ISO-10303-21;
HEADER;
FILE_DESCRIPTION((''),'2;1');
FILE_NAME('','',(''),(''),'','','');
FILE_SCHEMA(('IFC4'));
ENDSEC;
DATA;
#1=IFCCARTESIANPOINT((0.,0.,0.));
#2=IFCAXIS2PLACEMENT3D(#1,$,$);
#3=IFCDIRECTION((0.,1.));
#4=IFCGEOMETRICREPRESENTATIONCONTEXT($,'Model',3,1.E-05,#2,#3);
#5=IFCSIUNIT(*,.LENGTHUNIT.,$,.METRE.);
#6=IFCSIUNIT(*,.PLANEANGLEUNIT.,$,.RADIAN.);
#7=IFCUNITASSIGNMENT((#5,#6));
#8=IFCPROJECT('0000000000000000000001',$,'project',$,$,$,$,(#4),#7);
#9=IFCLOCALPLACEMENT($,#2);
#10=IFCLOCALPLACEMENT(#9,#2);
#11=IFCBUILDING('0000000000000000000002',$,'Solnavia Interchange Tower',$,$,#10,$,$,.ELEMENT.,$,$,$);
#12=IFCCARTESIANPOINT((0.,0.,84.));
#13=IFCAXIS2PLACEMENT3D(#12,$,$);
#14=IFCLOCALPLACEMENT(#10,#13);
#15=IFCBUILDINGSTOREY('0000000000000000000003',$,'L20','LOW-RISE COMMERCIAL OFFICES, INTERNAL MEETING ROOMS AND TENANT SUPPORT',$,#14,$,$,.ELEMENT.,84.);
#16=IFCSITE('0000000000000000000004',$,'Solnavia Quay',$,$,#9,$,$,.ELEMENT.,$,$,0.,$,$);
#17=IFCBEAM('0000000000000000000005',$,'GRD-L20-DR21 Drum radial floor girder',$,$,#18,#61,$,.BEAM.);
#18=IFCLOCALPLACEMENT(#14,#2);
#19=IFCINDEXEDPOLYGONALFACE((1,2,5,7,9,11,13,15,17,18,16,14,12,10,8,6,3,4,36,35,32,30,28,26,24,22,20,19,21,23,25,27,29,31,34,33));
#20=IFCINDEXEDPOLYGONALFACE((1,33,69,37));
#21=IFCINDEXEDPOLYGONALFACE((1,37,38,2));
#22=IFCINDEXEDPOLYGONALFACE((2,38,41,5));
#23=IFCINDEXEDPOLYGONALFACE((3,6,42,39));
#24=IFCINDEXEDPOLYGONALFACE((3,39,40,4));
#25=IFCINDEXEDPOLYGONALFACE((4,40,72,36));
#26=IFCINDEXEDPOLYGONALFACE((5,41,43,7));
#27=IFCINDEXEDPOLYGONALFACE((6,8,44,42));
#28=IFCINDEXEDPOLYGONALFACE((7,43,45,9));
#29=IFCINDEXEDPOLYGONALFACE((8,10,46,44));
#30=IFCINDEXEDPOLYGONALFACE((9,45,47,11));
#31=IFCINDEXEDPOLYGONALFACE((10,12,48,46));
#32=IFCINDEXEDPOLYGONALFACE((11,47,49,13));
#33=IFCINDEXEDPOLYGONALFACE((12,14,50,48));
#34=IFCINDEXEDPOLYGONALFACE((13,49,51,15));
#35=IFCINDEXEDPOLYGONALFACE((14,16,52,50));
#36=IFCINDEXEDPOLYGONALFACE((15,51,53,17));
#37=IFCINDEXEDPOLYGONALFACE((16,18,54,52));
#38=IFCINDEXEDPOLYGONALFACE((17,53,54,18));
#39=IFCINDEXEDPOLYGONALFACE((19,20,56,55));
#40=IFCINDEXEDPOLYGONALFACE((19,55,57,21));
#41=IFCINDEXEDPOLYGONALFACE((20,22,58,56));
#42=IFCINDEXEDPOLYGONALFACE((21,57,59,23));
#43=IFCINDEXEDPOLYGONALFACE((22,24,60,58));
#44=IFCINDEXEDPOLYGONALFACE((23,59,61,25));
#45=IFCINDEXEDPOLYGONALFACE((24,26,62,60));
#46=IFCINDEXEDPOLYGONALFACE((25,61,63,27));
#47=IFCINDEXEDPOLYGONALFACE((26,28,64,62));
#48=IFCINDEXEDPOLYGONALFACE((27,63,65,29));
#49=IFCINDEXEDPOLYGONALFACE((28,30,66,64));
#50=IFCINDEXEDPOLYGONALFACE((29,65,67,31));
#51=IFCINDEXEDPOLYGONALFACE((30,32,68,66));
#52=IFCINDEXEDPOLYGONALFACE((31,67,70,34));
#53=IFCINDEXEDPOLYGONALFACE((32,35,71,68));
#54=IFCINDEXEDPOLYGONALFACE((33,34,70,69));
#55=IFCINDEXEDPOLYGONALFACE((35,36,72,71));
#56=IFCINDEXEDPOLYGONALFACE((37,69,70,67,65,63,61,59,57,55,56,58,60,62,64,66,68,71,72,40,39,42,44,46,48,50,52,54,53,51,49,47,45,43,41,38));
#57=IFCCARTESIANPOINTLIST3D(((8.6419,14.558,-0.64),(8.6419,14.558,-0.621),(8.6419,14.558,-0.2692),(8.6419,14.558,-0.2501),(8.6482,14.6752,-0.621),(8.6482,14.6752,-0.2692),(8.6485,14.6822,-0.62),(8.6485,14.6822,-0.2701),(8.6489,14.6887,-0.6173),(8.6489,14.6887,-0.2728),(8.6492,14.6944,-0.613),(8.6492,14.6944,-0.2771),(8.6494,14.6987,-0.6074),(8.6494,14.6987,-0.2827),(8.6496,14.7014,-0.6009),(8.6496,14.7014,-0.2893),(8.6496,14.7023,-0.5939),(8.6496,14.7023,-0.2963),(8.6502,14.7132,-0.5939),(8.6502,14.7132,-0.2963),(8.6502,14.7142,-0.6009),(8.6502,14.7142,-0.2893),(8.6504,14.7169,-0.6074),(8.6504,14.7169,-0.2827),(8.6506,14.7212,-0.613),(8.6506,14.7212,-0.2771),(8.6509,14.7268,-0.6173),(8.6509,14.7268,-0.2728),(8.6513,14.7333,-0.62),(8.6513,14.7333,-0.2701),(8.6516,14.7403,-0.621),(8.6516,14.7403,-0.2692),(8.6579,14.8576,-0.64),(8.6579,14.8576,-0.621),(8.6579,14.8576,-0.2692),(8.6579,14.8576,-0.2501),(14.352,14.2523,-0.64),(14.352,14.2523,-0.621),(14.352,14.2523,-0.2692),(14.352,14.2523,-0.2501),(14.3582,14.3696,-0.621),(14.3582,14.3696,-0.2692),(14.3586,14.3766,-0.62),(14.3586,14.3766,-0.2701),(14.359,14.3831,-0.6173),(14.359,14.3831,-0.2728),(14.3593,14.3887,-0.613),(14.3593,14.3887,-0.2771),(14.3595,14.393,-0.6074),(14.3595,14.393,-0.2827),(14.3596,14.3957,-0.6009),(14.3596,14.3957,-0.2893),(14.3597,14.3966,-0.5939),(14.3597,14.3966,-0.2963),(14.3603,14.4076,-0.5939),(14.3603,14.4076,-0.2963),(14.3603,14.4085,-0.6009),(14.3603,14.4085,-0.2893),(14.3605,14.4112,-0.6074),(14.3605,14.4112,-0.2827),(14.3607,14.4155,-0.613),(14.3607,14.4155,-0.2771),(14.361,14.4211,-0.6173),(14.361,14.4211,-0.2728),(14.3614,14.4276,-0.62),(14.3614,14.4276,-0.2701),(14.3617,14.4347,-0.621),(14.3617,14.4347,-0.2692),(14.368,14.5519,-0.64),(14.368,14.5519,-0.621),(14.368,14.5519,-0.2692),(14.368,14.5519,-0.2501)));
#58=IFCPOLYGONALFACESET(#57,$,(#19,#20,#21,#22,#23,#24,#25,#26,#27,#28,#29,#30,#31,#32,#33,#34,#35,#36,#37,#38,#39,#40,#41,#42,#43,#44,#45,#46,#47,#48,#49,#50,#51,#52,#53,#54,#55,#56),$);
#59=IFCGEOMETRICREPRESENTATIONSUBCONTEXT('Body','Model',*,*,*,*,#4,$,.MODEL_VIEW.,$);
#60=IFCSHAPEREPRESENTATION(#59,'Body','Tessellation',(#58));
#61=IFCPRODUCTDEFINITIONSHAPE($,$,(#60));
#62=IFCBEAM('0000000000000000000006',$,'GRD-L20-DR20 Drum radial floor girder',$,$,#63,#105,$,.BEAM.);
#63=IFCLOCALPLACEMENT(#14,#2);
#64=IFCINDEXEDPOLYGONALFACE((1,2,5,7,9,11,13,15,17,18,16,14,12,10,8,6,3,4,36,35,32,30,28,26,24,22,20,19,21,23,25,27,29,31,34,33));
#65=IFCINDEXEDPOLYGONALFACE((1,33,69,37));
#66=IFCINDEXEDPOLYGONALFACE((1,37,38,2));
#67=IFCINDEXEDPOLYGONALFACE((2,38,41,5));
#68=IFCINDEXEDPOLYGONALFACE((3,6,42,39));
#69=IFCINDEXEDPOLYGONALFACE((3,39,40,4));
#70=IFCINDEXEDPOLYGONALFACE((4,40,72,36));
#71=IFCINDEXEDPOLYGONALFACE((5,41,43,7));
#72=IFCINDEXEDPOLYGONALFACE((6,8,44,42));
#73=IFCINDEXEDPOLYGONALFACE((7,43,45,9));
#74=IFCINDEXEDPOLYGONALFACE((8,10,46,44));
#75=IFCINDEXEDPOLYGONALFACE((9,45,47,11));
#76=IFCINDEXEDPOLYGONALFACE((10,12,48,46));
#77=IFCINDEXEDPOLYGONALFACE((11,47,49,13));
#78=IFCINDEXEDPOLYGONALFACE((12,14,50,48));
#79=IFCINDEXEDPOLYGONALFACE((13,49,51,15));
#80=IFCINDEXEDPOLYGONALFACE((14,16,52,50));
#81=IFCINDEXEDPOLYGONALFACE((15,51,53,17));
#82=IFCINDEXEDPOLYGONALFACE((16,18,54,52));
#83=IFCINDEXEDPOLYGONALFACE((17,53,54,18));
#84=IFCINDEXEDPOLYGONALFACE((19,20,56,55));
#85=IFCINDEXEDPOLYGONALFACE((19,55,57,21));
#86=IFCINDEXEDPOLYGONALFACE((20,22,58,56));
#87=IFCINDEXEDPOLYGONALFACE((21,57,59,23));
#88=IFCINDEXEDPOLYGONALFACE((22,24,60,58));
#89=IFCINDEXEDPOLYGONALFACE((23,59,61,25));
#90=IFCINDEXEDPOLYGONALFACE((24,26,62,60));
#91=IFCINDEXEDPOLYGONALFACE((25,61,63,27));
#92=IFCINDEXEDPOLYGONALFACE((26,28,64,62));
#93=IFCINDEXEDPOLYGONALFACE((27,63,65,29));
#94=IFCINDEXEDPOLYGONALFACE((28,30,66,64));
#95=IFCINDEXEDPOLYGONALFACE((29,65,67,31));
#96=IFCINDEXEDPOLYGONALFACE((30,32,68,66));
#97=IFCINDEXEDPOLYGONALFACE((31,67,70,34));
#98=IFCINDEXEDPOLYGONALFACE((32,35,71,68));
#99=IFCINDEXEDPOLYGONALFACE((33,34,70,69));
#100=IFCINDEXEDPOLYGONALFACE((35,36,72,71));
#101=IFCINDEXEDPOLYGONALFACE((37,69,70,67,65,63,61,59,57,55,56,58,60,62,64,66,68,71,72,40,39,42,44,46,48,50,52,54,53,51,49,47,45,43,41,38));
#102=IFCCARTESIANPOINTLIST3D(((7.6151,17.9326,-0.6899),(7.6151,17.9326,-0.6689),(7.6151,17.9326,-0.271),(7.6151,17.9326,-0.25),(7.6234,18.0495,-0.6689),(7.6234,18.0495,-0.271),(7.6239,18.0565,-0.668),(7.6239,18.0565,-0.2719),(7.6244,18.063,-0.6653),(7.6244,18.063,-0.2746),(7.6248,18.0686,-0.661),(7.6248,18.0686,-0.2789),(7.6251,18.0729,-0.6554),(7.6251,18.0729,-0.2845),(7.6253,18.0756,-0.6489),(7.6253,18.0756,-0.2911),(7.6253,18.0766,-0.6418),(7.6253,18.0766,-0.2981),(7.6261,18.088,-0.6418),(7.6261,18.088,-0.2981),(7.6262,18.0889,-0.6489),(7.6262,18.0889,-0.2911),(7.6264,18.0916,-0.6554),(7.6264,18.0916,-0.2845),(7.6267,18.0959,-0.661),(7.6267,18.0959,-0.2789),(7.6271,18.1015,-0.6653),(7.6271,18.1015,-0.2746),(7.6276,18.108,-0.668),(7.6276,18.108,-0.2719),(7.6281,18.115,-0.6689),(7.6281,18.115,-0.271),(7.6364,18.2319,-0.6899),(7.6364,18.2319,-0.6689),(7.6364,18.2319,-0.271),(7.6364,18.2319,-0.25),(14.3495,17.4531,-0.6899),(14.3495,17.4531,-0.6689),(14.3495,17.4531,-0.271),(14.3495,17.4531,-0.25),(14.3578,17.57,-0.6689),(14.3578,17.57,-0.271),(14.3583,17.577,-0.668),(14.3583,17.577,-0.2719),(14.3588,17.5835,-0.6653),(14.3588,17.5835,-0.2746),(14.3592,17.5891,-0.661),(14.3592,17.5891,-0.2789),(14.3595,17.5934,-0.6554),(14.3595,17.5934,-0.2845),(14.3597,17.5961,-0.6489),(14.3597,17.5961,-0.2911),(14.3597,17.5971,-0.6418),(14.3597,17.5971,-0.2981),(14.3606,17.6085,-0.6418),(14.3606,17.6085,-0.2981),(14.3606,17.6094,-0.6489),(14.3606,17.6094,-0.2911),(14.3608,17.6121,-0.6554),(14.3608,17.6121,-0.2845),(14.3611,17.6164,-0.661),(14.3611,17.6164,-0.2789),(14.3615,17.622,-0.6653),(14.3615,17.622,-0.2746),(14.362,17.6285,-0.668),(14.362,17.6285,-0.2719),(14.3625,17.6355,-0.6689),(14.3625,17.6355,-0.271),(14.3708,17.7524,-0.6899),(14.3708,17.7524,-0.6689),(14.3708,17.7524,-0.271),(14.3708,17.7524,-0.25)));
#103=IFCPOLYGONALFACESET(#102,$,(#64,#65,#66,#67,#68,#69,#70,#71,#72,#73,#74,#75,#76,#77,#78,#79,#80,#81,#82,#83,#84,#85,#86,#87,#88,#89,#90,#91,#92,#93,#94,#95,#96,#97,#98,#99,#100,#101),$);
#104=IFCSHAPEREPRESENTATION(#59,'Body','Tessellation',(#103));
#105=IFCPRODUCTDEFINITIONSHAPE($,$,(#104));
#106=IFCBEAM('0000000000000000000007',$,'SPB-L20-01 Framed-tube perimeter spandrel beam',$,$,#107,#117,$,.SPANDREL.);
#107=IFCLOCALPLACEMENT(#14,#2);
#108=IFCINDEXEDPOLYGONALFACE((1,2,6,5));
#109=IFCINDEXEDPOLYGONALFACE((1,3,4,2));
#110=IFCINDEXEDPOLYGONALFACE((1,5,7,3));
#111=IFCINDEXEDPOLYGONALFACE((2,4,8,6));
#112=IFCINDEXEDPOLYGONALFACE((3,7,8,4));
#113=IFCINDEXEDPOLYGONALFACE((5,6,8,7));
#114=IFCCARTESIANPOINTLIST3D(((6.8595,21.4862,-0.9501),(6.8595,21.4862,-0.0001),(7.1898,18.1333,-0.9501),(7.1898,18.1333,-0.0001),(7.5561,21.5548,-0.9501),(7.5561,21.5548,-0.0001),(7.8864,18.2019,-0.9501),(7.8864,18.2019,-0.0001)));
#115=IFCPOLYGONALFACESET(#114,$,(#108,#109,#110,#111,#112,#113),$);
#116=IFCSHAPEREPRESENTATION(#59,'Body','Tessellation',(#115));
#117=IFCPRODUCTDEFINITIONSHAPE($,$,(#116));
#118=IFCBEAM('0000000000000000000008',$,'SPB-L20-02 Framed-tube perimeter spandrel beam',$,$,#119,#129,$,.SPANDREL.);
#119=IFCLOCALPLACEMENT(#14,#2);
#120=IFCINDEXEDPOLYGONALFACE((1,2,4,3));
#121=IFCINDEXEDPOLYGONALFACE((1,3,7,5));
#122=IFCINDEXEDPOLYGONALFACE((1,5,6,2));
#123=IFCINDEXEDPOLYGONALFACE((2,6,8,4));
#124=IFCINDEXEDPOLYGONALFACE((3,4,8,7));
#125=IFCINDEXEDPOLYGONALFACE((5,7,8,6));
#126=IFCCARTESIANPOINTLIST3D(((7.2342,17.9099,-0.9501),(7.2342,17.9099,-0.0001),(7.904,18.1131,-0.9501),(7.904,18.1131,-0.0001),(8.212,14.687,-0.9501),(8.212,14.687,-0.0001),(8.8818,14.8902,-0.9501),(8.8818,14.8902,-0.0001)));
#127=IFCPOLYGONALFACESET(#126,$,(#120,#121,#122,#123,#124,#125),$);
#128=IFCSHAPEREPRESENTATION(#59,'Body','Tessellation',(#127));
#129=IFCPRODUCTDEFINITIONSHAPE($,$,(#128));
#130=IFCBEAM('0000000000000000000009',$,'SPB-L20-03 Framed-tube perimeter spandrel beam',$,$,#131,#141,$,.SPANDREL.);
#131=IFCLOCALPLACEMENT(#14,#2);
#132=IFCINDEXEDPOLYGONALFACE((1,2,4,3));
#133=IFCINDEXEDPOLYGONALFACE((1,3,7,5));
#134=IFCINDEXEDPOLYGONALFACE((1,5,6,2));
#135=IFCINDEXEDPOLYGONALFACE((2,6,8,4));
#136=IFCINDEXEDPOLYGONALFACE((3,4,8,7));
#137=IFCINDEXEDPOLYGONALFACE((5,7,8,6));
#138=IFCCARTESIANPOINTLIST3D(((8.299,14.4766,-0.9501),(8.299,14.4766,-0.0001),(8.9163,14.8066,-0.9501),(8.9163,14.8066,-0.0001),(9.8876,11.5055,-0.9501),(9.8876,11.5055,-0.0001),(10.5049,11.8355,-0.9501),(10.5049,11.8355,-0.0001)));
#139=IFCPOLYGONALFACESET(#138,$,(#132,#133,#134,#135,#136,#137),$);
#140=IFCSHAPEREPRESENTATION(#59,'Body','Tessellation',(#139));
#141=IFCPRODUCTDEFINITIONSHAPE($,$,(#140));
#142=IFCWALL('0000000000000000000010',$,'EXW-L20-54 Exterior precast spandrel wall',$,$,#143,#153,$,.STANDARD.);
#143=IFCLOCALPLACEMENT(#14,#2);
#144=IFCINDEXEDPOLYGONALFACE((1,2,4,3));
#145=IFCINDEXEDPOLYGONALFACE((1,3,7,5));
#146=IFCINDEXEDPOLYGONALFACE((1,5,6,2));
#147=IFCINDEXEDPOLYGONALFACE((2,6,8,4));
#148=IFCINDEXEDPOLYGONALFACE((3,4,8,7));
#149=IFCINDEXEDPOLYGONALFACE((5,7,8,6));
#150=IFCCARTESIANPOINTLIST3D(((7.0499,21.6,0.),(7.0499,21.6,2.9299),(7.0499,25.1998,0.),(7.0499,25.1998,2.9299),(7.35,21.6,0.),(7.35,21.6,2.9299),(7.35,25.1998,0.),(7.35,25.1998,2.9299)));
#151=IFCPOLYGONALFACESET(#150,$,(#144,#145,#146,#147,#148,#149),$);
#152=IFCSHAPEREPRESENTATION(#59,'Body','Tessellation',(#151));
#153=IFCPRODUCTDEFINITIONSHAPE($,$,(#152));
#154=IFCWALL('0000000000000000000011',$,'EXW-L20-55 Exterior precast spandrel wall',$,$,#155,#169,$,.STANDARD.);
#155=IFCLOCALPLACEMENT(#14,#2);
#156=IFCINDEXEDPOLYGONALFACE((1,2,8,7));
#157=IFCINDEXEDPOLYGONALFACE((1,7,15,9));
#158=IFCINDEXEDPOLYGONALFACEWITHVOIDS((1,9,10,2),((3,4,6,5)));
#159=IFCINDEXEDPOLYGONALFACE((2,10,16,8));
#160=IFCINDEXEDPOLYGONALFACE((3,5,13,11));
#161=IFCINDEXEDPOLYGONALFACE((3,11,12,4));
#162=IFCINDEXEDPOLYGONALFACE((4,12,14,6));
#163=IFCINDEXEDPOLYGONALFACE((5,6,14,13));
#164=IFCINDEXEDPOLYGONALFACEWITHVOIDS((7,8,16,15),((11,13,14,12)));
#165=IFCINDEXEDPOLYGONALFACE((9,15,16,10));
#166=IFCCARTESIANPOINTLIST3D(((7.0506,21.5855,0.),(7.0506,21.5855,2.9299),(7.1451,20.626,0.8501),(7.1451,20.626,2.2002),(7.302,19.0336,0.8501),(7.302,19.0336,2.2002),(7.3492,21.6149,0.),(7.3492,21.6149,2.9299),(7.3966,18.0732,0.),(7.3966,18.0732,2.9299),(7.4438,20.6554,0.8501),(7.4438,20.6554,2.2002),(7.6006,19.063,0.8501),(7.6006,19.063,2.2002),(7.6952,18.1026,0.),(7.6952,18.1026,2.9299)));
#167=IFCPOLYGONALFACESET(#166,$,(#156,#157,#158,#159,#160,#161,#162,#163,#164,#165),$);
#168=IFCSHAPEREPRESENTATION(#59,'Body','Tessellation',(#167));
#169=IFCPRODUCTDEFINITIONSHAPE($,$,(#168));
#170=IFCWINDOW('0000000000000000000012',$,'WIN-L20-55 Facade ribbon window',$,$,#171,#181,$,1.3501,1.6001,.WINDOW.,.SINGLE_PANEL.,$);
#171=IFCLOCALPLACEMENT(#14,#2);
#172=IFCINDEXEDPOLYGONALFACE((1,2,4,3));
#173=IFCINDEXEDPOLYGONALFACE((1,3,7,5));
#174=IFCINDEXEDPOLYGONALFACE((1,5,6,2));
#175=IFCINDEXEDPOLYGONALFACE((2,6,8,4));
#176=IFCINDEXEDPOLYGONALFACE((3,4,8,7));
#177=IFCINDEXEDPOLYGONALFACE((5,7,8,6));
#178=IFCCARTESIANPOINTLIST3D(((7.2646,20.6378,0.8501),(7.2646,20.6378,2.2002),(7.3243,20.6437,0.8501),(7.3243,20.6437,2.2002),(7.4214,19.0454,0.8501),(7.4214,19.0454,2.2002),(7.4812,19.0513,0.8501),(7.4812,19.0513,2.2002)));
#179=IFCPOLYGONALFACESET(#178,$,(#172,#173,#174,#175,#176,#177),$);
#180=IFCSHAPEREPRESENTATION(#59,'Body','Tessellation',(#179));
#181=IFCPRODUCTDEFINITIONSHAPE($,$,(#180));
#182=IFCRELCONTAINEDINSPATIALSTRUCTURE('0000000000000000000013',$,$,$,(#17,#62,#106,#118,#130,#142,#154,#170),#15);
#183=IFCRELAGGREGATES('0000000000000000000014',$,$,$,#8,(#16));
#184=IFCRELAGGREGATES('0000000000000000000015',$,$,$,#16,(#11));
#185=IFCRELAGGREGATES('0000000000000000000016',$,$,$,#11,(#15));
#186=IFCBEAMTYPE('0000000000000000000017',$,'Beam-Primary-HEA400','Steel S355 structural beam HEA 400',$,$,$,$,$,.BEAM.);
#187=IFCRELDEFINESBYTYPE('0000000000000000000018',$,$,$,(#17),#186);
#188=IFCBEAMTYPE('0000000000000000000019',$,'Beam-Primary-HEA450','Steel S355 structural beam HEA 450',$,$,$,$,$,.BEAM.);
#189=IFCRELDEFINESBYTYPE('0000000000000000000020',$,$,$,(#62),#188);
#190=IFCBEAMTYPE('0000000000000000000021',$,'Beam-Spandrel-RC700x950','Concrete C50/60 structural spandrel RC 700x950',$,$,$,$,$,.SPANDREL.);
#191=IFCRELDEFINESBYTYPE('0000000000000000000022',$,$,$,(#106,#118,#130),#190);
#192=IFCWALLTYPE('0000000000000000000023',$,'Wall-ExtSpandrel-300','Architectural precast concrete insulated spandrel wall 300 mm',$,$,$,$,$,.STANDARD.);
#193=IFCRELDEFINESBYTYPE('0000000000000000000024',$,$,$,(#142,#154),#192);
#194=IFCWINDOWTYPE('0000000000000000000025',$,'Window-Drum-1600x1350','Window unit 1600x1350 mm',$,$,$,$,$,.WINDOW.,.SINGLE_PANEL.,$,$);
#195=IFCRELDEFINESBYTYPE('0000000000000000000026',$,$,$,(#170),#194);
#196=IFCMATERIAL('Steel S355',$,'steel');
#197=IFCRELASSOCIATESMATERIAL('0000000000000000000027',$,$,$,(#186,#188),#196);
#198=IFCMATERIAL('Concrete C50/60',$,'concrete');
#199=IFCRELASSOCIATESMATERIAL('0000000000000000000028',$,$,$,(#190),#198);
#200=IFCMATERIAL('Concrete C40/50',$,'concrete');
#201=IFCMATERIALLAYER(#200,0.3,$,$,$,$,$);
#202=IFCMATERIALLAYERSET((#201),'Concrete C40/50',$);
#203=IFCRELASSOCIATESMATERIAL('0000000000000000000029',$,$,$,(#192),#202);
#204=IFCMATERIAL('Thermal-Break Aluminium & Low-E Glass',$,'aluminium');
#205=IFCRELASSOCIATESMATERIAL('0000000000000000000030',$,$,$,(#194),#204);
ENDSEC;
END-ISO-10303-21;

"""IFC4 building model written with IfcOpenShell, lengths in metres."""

from ifc_helpers import new_model, si_unit, direction, frame, frame_2d, origin, origin_2d, place, context, subcontext, project, spatial, rectangle, i_section, extrude, material, layer, layer_set, material_profile, profile_set, type_object, element, fill, save


model = new_model("IFC4")

# Units and contexts
model_context = context("Model", 3, precision=1e-05, world=origin(), true_north=direction((0.0, 1.0)))
body_context = subcontext(model_context, "Body", "Model", "MODEL_VIEW")
ifc_project = project(units=[si_unit("LENGTHUNIT", "METRE"), si_unit("PLANEANGLEUNIT", "RADIAN")], contexts=[model_context])

# Site, building, storey
site_placement = place(None, origin())
site = spatial("IfcSite", under=ifc_project, at=site_placement, Name="Solnavia Quay", CompositionType="ELEMENT", RefElevation=0.0)
building_placement = place(site_placement, origin())
building = spatial("IfcBuilding", under=site, at=building_placement, Name="Solnavia Interchange Tower", CompositionType="ELEMENT")
storey_placement = place(building_placement, frame((0.0, 0.0, 84.0)))
storey = spatial("IfcBuildingStorey", under=building, at=storey_placement, Name="L20", Description="LOW-RISE COMMERCIAL OFFICES, INTERNAL MEETING ROOMS AND TENANT SUPPORT", CompositionType="ELEMENT", Elevation=84.0)

# Beams
ifc_material_1 = material(Name="Concrete C50/60", Category="concrete")
ifc_material_2 = material(Name="Steel S355", Category="steel")
ifc_material_profile_1 = material_profile(ifc_material_2, i_section(OverallWidth=0.3, OverallDepth=0.3899, WebThickness=0.011, FlangeThickness=0.019, FilletRadius=0.0271, at=origin_2d()), Name="HEA 400")
ifc_profile_set_1 = profile_set([ifc_material_profile_1], Name="Steel S355")
beam_type_1 = type_object("IfcBeamType", Name="Beam-Primary-HEA400", Description="Steel S355 structural beam HEA 400", PredefinedType="BEAM", material=ifc_profile_set_1)
beam_1_placement = place(storey_placement, frame((8.6499, 14.7078, -0.4451), z_axis=(0.99857, -0.053453, 0.0), x_axis=(0.053453, 0.99857, 0.0)))
element("IfcBeam", 1, at=beam_1_placement, inside=storey, type_object=beam_type_1, Name="GRD-L20-DR21 Drum radial floor girder", PredefinedType="BEAM", context=body_context, shape_type="SweptSolid", body=[
    extrude(i_section(OverallWidth=0.3, OverallDepth=0.3899, WebThickness=0.011, FlangeThickness=0.019, FilletRadius=0.0271, at=origin_2d()), origin(), (0.0, 0.0, 1.0), 5.7183),
])
ifc_material_profile_2 = material_profile(ifc_material_2, i_section(OverallWidth=0.3, OverallDepth=0.4399, WebThickness=0.0115, FlangeThickness=0.021, FilletRadius=0.0271, at=origin_2d()), Name="HEA 450")
ifc_profile_set_2 = profile_set([ifc_material_profile_2], Name="Steel S355")
beam_type_2 = type_object("IfcBeamType", Name="Beam-Primary-HEA450", Description="Steel S355 structural beam HEA 450", PredefinedType="BEAM", material=ifc_profile_set_2)
beam_2_placement = place(storey_placement, frame((7.6257, 18.0823, -0.47), z_axis=(0.997475, -0.071021, 0.0), x_axis=(0.071021, 0.997475, 0.0)))
element("IfcBeam", 2, at=beam_2_placement, inside=storey, type_object=beam_type_2, Name="GRD-L20-DR20 Drum radial floor girder", PredefinedType="BEAM", context=body_context, shape_type="SweptSolid", body=[
    extrude(i_section(OverallWidth=0.3, OverallDepth=0.4399, WebThickness=0.0115, FlangeThickness=0.021, FilletRadius=0.0271, at=origin_2d()), origin(), (0.0, 0.0, 1.0), 6.7515),
])
ifc_material_profile_3 = material_profile(ifc_material_1, rectangle(XDim=0.7, YDim=0.95, at=origin_2d()), Name="RC 700x950")
ifc_profile_set_3 = profile_set([ifc_material_profile_3], Name="Concrete C50/60")
beam_type_3 = type_object("IfcBeamType", Name="Beam-Spandrel-RC700x950", Description="Concrete C50/60 structural spandrel RC 700x950", PredefinedType="SPANDREL", material=ifc_profile_set_3)
beam_3_placement = place(storey_placement, frame((7.2078, 21.5205, -0.4751), z_axis=(0.09804, -0.995182, 0.0), x_axis=(0.995182, 0.09804, 0.0)))
element("IfcBeam", 3, at=beam_3_placement, inside=storey, type_object=beam_type_3, Name="SPB-L20-01 Framed-tube perimeter spandrel beam", PredefinedType="SPANDREL", context=body_context, shape_type="SweptSolid", body=[
    extrude(rectangle(XDim=0.7, YDim=0.95, at=origin_2d()), origin(), (0.0, 0.0, 1.0), 3.3691),
])
beam_4_placement = place(storey_placement, frame((7.5691, 18.0115, -0.4751), z_axis=(0.290319, -0.95693, 0.0), x_axis=(0.95693, 0.290319, 0.0)))
element("IfcBeam", 4, at=beam_4_placement, inside=storey, type_object=beam_type_3, Name="SPB-L20-02 Framed-tube perimeter spandrel beam", PredefinedType="SPANDREL", context=body_context, shape_type="SweptSolid", body=[
    extrude(rectangle(XDim=0.7, YDim=0.95, at=origin_2d()), origin(), (0.0, 0.0, 1.0), 3.3679),
])
beam_5_placement = place(storey_placement, frame((8.6077, 14.6416, -0.4751), z_axis=(0.471509, -0.881861, 0.0), x_axis=(0.881861, 0.471509, 0.0)))
element("IfcBeam", 5, at=beam_5_placement, inside=storey, type_object=beam_type_3, Name="SPB-L20-03 Framed-tube perimeter spandrel beam", PredefinedType="SPANDREL", context=body_context, shape_type="SweptSolid", body=[
    extrude(rectangle(XDim=0.7, YDim=0.95, at=origin_2d()), origin(), (0.0, 0.0, 1.0), 3.3691),
])

# Wall
ifc_material_3 = material(Name="Concrete C40/50", Category="concrete")
ifc_layer_1 = layer(ifc_material_3, 0.3)
ifc_layer_set_1 = layer_set([ifc_layer_1], Name="Concrete C40/50")
wall_type_1 = type_object("IfcWallType", Name="Wall-ExtSpandrel-300", Description="Architectural precast concrete insulated spandrel wall 300 mm", PredefinedType="STANDARD", material=ifc_layer_set_1)
wall_1_placement = place(storey_placement, frame((7.2, 21.6001, 0.0), z_axis=(0.0, 0.0, 1.0), x_axis=(0.0, 1.0, 0.0)))
element("IfcWall", 6, at=wall_1_placement, inside=storey, type_object=wall_type_1, Name="EXW-L20-54 Exterior precast spandrel wall", PredefinedType="STANDARD", context=body_context, shape_type="SweptSolid", body=[
    extrude(rectangle(XDim=3.5999, YDim=0.3, at=frame_2d((1.7998, 0.0))), origin(), (0.0, 0.0, 1.0), 2.9299),
])

# Wall, opening, window
wall_2_placement = place(storey_placement, frame((7.5459, 18.0879, 0.0), z_axis=(0.0, 0.0, 1.0), x_axis=(-0.098024, 0.995184, 0.0)))
wall_2 = element("IfcWall", 7, at=wall_2_placement, inside=storey, type_object=wall_type_1, Name="EXW-L20-55 Exterior precast spandrel wall", PredefinedType="STANDARD", context=body_context, shape_type="SweptSolid", body=[
    extrude(rectangle(XDim=3.5293, YDim=0.3, at=frame_2d((1.7646, 0.0))), origin(), (0.0, 0.0, 1.0), 2.9299),
])
opening_1_placement = place(wall_2_placement, frame((0.9651, 0.0, 0.8501)))
opening_1 = element("IfcOpeningElement", 8, at=opening_1_placement, cuts=wall_2, PredefinedType="OPENING", context=body_context, shape_type="SweptSolid", body=[
    extrude(rectangle(XDim=1.6001, YDim=1.3501, at=frame_2d((0.8, 0.675))), frame((0.0, 0.1602, 0.0), z_axis=(0.0, -1.0, 0.0), x_axis=(1.0, 0.0, 0.0)), (0.0, 0.0, 1.0), 0.3201),
])
ifc_material_4 = material(Name="Thermal-Break Aluminium & Low-E Glass", Category="aluminium")
window_type = type_object("IfcWindowType", Name="Window-Drum-1600x1350", Description="Window unit 1600x1350 mm", PartitioningType="SINGLE_PANEL", PredefinedType="WINDOW", material=ifc_material_4)
window_1_placement = place(opening_1_placement, origin())
window_1 = element("IfcWindow", 9, at=window_1_placement, inside=storey, type_object=window_type, Name="WIN-L20-55 Facade ribbon window", OverallHeight=1.3501, OverallWidth=1.6001, PartitioningType="SINGLE_PANEL", PredefinedType="WINDOW", context=body_context, shape_type="SweptSolid", body=[
    extrude(rectangle(XDim=1.6001, YDim=1.3501, at=frame_2d((0.8, 0.675))), frame((0.0, 0.03, 0.0), z_axis=(0.0, -1.0, 0.0), x_axis=(1.0, 0.0, 0.0)), (0.0, 0.0, 1.0), 0.0601),
])
fill(opening_1, window_1)

save(model, "model.ifc")
